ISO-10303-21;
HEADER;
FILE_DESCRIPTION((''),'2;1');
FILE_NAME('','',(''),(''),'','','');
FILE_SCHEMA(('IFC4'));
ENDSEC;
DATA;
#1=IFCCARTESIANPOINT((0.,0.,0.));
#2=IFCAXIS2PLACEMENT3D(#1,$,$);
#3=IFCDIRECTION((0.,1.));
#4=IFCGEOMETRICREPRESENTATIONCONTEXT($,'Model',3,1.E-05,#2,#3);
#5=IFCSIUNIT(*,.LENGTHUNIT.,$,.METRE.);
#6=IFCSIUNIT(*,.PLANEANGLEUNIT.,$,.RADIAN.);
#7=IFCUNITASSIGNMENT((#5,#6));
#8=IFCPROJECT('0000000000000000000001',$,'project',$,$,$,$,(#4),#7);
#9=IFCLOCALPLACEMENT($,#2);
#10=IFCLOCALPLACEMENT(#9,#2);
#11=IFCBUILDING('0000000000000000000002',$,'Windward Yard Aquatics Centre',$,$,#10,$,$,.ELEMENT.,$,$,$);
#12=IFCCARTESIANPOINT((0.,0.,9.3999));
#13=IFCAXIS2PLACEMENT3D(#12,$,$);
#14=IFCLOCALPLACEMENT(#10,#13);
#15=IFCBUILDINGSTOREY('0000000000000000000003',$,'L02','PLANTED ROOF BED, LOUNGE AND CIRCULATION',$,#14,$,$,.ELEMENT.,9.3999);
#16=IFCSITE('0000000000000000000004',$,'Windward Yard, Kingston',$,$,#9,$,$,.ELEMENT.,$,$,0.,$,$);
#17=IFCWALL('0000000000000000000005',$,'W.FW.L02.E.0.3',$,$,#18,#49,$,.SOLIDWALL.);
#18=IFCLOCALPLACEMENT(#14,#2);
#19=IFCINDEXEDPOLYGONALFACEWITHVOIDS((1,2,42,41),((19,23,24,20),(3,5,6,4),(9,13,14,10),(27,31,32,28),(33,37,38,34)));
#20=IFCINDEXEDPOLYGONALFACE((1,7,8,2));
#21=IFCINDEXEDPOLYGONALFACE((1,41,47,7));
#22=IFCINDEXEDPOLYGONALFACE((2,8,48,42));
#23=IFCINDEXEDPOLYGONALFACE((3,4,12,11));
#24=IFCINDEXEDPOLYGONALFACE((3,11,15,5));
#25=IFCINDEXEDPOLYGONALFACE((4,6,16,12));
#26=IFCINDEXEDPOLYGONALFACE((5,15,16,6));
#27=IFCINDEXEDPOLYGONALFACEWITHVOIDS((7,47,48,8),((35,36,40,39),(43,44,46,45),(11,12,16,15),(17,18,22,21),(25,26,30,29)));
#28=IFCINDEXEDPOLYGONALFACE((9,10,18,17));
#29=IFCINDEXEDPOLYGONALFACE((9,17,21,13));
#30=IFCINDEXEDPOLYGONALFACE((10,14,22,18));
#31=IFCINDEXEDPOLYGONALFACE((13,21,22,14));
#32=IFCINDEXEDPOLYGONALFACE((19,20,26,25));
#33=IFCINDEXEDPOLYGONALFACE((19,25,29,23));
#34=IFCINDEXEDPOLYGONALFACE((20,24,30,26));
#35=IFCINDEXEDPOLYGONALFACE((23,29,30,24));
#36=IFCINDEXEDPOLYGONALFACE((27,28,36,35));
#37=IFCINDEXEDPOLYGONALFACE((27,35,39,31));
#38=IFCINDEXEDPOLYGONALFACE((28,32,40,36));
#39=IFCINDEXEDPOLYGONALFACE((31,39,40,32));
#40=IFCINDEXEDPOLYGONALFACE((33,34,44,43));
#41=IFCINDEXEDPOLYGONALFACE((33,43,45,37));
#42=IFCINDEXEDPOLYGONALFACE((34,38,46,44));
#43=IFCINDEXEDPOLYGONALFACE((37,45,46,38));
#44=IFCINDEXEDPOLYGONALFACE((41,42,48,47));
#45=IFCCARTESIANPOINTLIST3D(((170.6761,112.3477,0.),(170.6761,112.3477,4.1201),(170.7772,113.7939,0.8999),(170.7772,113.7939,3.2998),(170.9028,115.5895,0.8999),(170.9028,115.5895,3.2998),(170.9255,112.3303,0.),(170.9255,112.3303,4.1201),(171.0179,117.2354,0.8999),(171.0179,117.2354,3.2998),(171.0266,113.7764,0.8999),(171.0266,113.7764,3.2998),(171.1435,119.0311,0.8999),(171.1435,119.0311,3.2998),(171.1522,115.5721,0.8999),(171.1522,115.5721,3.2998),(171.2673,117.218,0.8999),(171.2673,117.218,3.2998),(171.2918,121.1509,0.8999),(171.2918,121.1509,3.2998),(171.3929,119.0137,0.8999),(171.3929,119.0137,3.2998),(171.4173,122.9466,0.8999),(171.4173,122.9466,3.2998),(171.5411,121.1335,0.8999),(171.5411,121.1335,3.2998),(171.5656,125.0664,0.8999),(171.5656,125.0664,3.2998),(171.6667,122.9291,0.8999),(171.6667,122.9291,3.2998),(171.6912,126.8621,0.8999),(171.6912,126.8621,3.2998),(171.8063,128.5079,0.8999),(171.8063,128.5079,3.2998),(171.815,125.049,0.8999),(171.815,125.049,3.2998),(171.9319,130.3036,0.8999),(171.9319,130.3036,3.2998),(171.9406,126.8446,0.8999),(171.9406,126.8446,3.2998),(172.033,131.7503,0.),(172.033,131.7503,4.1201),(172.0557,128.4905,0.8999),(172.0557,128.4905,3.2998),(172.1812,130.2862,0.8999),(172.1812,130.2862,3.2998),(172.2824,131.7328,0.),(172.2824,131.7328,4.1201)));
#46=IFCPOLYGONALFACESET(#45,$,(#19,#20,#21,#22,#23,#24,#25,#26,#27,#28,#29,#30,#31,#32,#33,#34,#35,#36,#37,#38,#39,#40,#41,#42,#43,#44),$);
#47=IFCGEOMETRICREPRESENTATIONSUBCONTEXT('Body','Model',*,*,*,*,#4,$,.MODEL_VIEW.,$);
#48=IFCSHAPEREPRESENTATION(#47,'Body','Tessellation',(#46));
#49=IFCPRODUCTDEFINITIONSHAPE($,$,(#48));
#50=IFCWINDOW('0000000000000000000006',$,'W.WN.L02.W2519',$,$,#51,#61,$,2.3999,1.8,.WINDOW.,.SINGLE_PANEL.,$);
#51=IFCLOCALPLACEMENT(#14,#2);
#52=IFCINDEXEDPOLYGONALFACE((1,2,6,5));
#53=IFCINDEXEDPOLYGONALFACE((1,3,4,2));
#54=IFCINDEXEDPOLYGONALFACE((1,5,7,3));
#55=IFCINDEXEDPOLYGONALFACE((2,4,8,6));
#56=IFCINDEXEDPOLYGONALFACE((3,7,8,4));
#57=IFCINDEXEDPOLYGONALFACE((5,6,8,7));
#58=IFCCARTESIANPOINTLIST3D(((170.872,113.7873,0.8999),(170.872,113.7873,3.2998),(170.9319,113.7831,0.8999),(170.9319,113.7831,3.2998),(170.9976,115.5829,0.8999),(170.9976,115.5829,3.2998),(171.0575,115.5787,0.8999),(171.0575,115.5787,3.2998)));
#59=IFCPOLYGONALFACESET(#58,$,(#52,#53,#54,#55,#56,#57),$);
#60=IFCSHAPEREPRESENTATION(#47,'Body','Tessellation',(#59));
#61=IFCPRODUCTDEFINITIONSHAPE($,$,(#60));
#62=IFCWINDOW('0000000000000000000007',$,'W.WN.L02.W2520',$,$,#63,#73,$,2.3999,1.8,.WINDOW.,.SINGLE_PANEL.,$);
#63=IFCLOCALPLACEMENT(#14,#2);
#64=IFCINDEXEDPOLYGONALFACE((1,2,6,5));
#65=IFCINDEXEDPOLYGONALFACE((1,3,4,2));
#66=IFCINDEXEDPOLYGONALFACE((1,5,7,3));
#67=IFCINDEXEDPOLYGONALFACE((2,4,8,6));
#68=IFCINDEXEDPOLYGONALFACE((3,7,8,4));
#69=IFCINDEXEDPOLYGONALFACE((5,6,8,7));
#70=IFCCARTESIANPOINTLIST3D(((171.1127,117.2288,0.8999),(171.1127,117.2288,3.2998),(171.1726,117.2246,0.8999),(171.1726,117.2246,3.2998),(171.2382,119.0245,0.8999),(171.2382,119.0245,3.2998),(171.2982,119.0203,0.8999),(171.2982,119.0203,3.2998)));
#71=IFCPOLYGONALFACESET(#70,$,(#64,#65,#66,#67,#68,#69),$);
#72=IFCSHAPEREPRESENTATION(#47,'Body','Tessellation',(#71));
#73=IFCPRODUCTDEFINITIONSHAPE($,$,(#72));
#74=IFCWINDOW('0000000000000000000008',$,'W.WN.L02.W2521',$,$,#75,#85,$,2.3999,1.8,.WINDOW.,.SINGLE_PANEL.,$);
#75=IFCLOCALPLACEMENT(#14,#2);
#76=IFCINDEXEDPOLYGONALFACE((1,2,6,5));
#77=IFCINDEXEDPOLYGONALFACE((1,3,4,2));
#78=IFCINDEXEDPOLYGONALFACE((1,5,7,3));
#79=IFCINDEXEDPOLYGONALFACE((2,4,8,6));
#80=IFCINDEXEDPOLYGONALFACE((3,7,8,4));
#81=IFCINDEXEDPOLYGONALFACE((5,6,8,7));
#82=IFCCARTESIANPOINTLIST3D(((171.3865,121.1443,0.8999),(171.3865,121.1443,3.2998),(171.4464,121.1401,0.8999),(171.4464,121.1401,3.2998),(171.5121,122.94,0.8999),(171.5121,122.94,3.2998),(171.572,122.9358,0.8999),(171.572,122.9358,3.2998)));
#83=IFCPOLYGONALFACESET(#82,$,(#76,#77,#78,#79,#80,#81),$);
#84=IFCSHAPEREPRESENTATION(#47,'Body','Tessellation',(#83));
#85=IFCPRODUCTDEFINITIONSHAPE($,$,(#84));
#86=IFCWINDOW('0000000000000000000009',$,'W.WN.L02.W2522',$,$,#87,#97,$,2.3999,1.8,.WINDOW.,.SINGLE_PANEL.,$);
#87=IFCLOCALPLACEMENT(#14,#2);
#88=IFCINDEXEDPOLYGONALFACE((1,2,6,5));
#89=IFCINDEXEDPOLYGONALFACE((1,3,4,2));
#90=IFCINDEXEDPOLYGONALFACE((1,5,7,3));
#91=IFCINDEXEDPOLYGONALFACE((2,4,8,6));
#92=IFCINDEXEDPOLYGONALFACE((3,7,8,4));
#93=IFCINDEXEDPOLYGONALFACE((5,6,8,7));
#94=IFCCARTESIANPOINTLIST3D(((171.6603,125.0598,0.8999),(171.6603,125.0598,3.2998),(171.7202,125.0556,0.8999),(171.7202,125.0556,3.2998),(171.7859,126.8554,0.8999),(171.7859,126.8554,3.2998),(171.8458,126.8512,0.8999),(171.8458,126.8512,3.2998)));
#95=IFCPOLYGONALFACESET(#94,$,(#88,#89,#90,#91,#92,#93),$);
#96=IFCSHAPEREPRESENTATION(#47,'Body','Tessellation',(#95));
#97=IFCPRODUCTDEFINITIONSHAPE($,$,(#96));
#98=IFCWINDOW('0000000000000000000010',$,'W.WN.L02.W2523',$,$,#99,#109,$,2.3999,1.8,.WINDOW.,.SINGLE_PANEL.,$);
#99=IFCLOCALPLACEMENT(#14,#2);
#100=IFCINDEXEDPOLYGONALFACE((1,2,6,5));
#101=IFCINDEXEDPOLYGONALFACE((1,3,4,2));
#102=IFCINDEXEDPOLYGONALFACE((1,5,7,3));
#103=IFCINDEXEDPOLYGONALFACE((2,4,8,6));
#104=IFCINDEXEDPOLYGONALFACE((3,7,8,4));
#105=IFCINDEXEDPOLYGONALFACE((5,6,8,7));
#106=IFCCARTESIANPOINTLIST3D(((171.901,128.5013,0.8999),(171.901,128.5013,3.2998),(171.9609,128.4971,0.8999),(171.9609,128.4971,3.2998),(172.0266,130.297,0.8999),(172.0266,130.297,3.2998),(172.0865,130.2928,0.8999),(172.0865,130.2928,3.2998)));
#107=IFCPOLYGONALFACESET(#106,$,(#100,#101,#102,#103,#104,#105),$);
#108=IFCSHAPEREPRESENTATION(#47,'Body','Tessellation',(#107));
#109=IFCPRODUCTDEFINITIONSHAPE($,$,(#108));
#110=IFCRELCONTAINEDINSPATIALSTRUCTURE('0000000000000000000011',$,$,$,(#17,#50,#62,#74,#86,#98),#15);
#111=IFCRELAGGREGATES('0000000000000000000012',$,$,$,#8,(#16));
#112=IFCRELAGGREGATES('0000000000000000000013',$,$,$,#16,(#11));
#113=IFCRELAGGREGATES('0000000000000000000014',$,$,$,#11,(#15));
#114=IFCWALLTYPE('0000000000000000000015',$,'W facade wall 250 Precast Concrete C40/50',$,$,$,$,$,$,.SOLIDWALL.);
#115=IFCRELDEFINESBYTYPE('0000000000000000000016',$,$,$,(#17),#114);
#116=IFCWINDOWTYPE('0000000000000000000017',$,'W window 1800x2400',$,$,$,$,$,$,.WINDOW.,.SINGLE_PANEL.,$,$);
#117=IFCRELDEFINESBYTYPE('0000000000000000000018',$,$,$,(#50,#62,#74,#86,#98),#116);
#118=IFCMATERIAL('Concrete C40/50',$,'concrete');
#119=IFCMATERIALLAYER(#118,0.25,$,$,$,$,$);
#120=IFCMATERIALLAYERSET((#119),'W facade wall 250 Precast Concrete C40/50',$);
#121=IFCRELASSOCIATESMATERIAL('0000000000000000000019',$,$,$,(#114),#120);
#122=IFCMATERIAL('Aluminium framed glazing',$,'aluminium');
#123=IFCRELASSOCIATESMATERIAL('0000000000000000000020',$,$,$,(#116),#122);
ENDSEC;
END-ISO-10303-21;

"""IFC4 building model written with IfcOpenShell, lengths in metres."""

from ifc_helpers import new_model, si_unit, direction, frame, frame_2d, origin, place, context, subcontext, project, spatial, rectangle, extrude, material, layer, layer_set, type_object, element, fill, save


model = new_model("IFC4")

# Units and contexts
model_context = context("Model", 3, precision=1e-05, world=origin(), true_north=direction((0.0, 1.0)))
body_context = subcontext(model_context, "Body", "Model", "MODEL_VIEW")
ifc_project = project(units=[si_unit("LENGTHUNIT", "METRE"), si_unit("PLANEANGLEUNIT", "RADIAN")], contexts=[model_context])

# Site, building, storey
site_placement = place(None, origin())
site = spatial("IfcSite", under=ifc_project, at=site_placement, Name="Windward Yard, Kingston", CompositionType="ELEMENT", RefElevation=0.0)
building_placement = place(site_placement, origin())
building = spatial("IfcBuilding", under=site, at=building_placement, Name="Windward Yard Aquatics Centre", CompositionType="ELEMENT")
storey_placement = place(building_placement, frame((0.0, 0.0, 9.3999)))
storey = spatial("IfcBuildingStorey", under=building, at=storey_placement, Name="L02", Description="PLANTED ROOF BED, LOUNGE AND CIRCULATION", CompositionType="ELEMENT", Elevation=9.3999)

# Shared definitions
ifc_material_1 = material(Name="Concrete C40/50", Category="concrete")

# Shared definitions
ifc_layer_1 = layer(ifc_material_1, 0.25)
ifc_layer_set_1 = layer_set([ifc_layer_1], Name="W facade wall 250 Precast Concrete C40/50")
wall_type = type_object("IfcWallType", Name="W facade wall 250 Precast Concrete C40/50", PredefinedType="SOLIDWALL", material=ifc_layer_set_1)
ifc_material_2 = material(Name="Aluminium framed glazing", Category="aluminium")
window_type_1 = type_object("IfcWindowType", Name="W window 1800x2400", PartitioningType="SINGLE_PANEL", PredefinedType="WINDOW", material=ifc_material_2)

# Wall, openings, windows
wall_1_placement = place(storey_placement, frame((170.8008, 112.3389, 0.0), z_axis=(0.0, 0.0, 1.0), x_axis=(0.069765, 0.997563, 0.0)))
wall_1 = element("IfcWall", 1, at=wall_1_placement, inside=storey, type_object=wall_type, Name="W.FW.L02.E.0.3", PredefinedType="SOLIDWALL", context=body_context, shape_type="SweptSolid", body=[
    extrude(rectangle(XDim=19.45, YDim=0.25, at=frame_2d((9.7251, 0.0))), origin(), (0.0, 0.0, 1.0), 4.1201),
])
opening_1_placement = place(wall_1_placement, frame((1.45, 0.0, 0.8999)))
opening_1 = element("IfcOpeningElement", 2, at=opening_1_placement, cuts=wall_1, PredefinedType="OPENING", context=body_context, shape_type="SweptSolid", body=[
    extrude(rectangle(XDim=1.8, YDim=2.3999, at=frame_2d((0.8999, 1.2))), frame((0.0, 0.135, 0.0), z_axis=(0.0, -1.0, 0.0), x_axis=(1.0, 0.0, 0.0)), (0.0, 0.0, 1.0), 0.27),
])
opening_2_placement = place(wall_1_placement, frame((4.8999, 0.0, 0.8999)))
opening_2 = element("IfcOpeningElement", 3, at=opening_2_placement, cuts=wall_1, PredefinedType="OPENING", context=body_context, shape_type="SweptSolid", body=[
    extrude(rectangle(XDim=1.8, YDim=2.3999, at=frame_2d((0.8999, 1.2))), frame((0.0, 0.135, 0.0), z_axis=(0.0, -1.0, 0.0), x_axis=(1.0, 0.0, 0.0)), (0.0, 0.0, 1.0), 0.27),
])
opening_3_placement = place(wall_1_placement, frame((8.825, 0.0, 0.8999)))
opening_3 = element("IfcOpeningElement", 4, at=opening_3_placement, cuts=wall_1, PredefinedType="OPENING", context=body_context, shape_type="SweptSolid", body=[
    extrude(rectangle(XDim=1.8, YDim=2.3999, at=frame_2d((0.8999, 1.2))), frame((0.0, 0.135, 0.0), z_axis=(0.0, -1.0, 0.0), x_axis=(1.0, 0.0, 0.0)), (0.0, 0.0, 1.0), 0.27),
])
opening_4_placement = place(wall_1_placement, frame((12.75, 0.0, 0.8999)))
opening_4 = element("IfcOpeningElement", 5, at=opening_4_placement, cuts=wall_1, PredefinedType="OPENING", context=body_context, shape_type="SweptSolid", body=[
    extrude(rectangle(XDim=1.8, YDim=2.3999, at=frame_2d((0.8999, 1.2))), frame((0.0, 0.135, 0.0), z_axis=(0.0, -1.0, 0.0), x_axis=(1.0, 0.0, 0.0)), (0.0, 0.0, 1.0), 0.27),
])
opening_5_placement = place(wall_1_placement, frame((16.2, 0.0, 0.8999)))
opening_5 = element("IfcOpeningElement", 6, at=opening_5_placement, cuts=wall_1, PredefinedType="OPENING", context=body_context, shape_type="SweptSolid", body=[
    extrude(rectangle(XDim=1.8, YDim=2.3999, at=frame_2d((0.8999, 1.2))), frame((0.0, 0.135, 0.0), z_axis=(0.0, -1.0, 0.0), x_axis=(1.0, 0.0, 0.0)), (0.0, 0.0, 1.0), 0.27),
])
window_1_placement = place(opening_1_placement, origin())
window_1 = element("IfcWindow", 7, at=window_1_placement, inside=storey, type_object=window_type_1, Name="W.WN.L02.W2519", OverallHeight=2.3999, OverallWidth=1.8, PartitioningType="SINGLE_PANEL", PredefinedType="WINDOW", context=body_context, shape_type="SweptSolid", body=[
    extrude(rectangle(XDim=1.8, YDim=2.3999, at=frame_2d((0.8999, 1.2))), frame((0.0, 0.03, 0.0), z_axis=(0.0, -1.0, 0.0), x_axis=(1.0, 0.0, 0.0)), (0.0, 0.0, 1.0), 0.0601),
])
fill(opening_1, window_1)
window_2_placement = place(opening_2_placement, origin())
window_2 = element("IfcWindow", 8, at=window_2_placement, inside=storey, type_object=window_type_1, Name="W.WN.L02.W2520", OverallHeight=2.3999, OverallWidth=1.8, PartitioningType="SINGLE_PANEL", PredefinedType="WINDOW", context=body_context, shape_type="SweptSolid", body=[
    extrude(rectangle(XDim=1.8, YDim=2.3999, at=frame_2d((0.8999, 1.2))), frame((0.0, 0.03, 0.0), z_axis=(0.0, -1.0, 0.0), x_axis=(1.0, 0.0, 0.0)), (0.0, 0.0, 1.0), 0.0601),
])
fill(opening_2, window_2)
window_3_placement = place(opening_3_placement, origin())
window_3 = element("IfcWindow", 9, at=window_3_placement, inside=storey, type_object=window_type_1, Name="W.WN.L02.W2521", OverallHeight=2.3999, OverallWidth=1.8, PartitioningType="SINGLE_PANEL", PredefinedType="WINDOW", context=body_context, shape_type="SweptSolid", body=[
    extrude(rectangle(XDim=1.8, YDim=2.3999, at=frame_2d((0.8999, 1.2))), frame((0.0, 0.03, 0.0), z_axis=(0.0, -1.0, 0.0), x_axis=(1.0, 0.0, 0.0)), (0.0, 0.0, 1.0), 0.0601),
])
fill(opening_3, window_3)
window_4_placement = place(opening_4_placement, origin())
window_4 = element("IfcWindow", 10, at=window_4_placement, inside=storey, type_object=window_type_1, Name="W.WN.L02.W2522", OverallHeight=2.3999, OverallWidth=1.8, PartitioningType="SINGLE_PANEL", PredefinedType="WINDOW", context=body_context, shape_type="SweptSolid", body=[
    extrude(rectangle(XDim=1.8, YDim=2.3999, at=frame_2d((0.8999, 1.2))), frame((0.0, 0.03, 0.0), z_axis=(0.0, -1.0, 0.0), x_axis=(1.0, 0.0, 0.0)), (0.0, 0.0, 1.0), 0.0601),
])
fill(opening_4, window_4)
window_5_placement = place(opening_5_placement, origin())
window_5 = element("IfcWindow", 11, at=window_5_placement, inside=storey, type_object=window_type_1, Name="W.WN.L02.W2523", OverallHeight=2.3999, OverallWidth=1.8, PartitioningType="SINGLE_PANEL", PredefinedType="WINDOW", context=body_context, shape_type="SweptSolid", body=[
    extrude(rectangle(XDim=1.8, YDim=2.3999, at=frame_2d((0.8999, 1.2))), frame((0.0, 0.03, 0.0), z_axis=(0.0, -1.0, 0.0), x_axis=(1.0, 0.0, 0.0)), (0.0, 0.0, 1.0), 0.0601),
])
fill(opening_5, window_5)

save(model, "model.ifc")
